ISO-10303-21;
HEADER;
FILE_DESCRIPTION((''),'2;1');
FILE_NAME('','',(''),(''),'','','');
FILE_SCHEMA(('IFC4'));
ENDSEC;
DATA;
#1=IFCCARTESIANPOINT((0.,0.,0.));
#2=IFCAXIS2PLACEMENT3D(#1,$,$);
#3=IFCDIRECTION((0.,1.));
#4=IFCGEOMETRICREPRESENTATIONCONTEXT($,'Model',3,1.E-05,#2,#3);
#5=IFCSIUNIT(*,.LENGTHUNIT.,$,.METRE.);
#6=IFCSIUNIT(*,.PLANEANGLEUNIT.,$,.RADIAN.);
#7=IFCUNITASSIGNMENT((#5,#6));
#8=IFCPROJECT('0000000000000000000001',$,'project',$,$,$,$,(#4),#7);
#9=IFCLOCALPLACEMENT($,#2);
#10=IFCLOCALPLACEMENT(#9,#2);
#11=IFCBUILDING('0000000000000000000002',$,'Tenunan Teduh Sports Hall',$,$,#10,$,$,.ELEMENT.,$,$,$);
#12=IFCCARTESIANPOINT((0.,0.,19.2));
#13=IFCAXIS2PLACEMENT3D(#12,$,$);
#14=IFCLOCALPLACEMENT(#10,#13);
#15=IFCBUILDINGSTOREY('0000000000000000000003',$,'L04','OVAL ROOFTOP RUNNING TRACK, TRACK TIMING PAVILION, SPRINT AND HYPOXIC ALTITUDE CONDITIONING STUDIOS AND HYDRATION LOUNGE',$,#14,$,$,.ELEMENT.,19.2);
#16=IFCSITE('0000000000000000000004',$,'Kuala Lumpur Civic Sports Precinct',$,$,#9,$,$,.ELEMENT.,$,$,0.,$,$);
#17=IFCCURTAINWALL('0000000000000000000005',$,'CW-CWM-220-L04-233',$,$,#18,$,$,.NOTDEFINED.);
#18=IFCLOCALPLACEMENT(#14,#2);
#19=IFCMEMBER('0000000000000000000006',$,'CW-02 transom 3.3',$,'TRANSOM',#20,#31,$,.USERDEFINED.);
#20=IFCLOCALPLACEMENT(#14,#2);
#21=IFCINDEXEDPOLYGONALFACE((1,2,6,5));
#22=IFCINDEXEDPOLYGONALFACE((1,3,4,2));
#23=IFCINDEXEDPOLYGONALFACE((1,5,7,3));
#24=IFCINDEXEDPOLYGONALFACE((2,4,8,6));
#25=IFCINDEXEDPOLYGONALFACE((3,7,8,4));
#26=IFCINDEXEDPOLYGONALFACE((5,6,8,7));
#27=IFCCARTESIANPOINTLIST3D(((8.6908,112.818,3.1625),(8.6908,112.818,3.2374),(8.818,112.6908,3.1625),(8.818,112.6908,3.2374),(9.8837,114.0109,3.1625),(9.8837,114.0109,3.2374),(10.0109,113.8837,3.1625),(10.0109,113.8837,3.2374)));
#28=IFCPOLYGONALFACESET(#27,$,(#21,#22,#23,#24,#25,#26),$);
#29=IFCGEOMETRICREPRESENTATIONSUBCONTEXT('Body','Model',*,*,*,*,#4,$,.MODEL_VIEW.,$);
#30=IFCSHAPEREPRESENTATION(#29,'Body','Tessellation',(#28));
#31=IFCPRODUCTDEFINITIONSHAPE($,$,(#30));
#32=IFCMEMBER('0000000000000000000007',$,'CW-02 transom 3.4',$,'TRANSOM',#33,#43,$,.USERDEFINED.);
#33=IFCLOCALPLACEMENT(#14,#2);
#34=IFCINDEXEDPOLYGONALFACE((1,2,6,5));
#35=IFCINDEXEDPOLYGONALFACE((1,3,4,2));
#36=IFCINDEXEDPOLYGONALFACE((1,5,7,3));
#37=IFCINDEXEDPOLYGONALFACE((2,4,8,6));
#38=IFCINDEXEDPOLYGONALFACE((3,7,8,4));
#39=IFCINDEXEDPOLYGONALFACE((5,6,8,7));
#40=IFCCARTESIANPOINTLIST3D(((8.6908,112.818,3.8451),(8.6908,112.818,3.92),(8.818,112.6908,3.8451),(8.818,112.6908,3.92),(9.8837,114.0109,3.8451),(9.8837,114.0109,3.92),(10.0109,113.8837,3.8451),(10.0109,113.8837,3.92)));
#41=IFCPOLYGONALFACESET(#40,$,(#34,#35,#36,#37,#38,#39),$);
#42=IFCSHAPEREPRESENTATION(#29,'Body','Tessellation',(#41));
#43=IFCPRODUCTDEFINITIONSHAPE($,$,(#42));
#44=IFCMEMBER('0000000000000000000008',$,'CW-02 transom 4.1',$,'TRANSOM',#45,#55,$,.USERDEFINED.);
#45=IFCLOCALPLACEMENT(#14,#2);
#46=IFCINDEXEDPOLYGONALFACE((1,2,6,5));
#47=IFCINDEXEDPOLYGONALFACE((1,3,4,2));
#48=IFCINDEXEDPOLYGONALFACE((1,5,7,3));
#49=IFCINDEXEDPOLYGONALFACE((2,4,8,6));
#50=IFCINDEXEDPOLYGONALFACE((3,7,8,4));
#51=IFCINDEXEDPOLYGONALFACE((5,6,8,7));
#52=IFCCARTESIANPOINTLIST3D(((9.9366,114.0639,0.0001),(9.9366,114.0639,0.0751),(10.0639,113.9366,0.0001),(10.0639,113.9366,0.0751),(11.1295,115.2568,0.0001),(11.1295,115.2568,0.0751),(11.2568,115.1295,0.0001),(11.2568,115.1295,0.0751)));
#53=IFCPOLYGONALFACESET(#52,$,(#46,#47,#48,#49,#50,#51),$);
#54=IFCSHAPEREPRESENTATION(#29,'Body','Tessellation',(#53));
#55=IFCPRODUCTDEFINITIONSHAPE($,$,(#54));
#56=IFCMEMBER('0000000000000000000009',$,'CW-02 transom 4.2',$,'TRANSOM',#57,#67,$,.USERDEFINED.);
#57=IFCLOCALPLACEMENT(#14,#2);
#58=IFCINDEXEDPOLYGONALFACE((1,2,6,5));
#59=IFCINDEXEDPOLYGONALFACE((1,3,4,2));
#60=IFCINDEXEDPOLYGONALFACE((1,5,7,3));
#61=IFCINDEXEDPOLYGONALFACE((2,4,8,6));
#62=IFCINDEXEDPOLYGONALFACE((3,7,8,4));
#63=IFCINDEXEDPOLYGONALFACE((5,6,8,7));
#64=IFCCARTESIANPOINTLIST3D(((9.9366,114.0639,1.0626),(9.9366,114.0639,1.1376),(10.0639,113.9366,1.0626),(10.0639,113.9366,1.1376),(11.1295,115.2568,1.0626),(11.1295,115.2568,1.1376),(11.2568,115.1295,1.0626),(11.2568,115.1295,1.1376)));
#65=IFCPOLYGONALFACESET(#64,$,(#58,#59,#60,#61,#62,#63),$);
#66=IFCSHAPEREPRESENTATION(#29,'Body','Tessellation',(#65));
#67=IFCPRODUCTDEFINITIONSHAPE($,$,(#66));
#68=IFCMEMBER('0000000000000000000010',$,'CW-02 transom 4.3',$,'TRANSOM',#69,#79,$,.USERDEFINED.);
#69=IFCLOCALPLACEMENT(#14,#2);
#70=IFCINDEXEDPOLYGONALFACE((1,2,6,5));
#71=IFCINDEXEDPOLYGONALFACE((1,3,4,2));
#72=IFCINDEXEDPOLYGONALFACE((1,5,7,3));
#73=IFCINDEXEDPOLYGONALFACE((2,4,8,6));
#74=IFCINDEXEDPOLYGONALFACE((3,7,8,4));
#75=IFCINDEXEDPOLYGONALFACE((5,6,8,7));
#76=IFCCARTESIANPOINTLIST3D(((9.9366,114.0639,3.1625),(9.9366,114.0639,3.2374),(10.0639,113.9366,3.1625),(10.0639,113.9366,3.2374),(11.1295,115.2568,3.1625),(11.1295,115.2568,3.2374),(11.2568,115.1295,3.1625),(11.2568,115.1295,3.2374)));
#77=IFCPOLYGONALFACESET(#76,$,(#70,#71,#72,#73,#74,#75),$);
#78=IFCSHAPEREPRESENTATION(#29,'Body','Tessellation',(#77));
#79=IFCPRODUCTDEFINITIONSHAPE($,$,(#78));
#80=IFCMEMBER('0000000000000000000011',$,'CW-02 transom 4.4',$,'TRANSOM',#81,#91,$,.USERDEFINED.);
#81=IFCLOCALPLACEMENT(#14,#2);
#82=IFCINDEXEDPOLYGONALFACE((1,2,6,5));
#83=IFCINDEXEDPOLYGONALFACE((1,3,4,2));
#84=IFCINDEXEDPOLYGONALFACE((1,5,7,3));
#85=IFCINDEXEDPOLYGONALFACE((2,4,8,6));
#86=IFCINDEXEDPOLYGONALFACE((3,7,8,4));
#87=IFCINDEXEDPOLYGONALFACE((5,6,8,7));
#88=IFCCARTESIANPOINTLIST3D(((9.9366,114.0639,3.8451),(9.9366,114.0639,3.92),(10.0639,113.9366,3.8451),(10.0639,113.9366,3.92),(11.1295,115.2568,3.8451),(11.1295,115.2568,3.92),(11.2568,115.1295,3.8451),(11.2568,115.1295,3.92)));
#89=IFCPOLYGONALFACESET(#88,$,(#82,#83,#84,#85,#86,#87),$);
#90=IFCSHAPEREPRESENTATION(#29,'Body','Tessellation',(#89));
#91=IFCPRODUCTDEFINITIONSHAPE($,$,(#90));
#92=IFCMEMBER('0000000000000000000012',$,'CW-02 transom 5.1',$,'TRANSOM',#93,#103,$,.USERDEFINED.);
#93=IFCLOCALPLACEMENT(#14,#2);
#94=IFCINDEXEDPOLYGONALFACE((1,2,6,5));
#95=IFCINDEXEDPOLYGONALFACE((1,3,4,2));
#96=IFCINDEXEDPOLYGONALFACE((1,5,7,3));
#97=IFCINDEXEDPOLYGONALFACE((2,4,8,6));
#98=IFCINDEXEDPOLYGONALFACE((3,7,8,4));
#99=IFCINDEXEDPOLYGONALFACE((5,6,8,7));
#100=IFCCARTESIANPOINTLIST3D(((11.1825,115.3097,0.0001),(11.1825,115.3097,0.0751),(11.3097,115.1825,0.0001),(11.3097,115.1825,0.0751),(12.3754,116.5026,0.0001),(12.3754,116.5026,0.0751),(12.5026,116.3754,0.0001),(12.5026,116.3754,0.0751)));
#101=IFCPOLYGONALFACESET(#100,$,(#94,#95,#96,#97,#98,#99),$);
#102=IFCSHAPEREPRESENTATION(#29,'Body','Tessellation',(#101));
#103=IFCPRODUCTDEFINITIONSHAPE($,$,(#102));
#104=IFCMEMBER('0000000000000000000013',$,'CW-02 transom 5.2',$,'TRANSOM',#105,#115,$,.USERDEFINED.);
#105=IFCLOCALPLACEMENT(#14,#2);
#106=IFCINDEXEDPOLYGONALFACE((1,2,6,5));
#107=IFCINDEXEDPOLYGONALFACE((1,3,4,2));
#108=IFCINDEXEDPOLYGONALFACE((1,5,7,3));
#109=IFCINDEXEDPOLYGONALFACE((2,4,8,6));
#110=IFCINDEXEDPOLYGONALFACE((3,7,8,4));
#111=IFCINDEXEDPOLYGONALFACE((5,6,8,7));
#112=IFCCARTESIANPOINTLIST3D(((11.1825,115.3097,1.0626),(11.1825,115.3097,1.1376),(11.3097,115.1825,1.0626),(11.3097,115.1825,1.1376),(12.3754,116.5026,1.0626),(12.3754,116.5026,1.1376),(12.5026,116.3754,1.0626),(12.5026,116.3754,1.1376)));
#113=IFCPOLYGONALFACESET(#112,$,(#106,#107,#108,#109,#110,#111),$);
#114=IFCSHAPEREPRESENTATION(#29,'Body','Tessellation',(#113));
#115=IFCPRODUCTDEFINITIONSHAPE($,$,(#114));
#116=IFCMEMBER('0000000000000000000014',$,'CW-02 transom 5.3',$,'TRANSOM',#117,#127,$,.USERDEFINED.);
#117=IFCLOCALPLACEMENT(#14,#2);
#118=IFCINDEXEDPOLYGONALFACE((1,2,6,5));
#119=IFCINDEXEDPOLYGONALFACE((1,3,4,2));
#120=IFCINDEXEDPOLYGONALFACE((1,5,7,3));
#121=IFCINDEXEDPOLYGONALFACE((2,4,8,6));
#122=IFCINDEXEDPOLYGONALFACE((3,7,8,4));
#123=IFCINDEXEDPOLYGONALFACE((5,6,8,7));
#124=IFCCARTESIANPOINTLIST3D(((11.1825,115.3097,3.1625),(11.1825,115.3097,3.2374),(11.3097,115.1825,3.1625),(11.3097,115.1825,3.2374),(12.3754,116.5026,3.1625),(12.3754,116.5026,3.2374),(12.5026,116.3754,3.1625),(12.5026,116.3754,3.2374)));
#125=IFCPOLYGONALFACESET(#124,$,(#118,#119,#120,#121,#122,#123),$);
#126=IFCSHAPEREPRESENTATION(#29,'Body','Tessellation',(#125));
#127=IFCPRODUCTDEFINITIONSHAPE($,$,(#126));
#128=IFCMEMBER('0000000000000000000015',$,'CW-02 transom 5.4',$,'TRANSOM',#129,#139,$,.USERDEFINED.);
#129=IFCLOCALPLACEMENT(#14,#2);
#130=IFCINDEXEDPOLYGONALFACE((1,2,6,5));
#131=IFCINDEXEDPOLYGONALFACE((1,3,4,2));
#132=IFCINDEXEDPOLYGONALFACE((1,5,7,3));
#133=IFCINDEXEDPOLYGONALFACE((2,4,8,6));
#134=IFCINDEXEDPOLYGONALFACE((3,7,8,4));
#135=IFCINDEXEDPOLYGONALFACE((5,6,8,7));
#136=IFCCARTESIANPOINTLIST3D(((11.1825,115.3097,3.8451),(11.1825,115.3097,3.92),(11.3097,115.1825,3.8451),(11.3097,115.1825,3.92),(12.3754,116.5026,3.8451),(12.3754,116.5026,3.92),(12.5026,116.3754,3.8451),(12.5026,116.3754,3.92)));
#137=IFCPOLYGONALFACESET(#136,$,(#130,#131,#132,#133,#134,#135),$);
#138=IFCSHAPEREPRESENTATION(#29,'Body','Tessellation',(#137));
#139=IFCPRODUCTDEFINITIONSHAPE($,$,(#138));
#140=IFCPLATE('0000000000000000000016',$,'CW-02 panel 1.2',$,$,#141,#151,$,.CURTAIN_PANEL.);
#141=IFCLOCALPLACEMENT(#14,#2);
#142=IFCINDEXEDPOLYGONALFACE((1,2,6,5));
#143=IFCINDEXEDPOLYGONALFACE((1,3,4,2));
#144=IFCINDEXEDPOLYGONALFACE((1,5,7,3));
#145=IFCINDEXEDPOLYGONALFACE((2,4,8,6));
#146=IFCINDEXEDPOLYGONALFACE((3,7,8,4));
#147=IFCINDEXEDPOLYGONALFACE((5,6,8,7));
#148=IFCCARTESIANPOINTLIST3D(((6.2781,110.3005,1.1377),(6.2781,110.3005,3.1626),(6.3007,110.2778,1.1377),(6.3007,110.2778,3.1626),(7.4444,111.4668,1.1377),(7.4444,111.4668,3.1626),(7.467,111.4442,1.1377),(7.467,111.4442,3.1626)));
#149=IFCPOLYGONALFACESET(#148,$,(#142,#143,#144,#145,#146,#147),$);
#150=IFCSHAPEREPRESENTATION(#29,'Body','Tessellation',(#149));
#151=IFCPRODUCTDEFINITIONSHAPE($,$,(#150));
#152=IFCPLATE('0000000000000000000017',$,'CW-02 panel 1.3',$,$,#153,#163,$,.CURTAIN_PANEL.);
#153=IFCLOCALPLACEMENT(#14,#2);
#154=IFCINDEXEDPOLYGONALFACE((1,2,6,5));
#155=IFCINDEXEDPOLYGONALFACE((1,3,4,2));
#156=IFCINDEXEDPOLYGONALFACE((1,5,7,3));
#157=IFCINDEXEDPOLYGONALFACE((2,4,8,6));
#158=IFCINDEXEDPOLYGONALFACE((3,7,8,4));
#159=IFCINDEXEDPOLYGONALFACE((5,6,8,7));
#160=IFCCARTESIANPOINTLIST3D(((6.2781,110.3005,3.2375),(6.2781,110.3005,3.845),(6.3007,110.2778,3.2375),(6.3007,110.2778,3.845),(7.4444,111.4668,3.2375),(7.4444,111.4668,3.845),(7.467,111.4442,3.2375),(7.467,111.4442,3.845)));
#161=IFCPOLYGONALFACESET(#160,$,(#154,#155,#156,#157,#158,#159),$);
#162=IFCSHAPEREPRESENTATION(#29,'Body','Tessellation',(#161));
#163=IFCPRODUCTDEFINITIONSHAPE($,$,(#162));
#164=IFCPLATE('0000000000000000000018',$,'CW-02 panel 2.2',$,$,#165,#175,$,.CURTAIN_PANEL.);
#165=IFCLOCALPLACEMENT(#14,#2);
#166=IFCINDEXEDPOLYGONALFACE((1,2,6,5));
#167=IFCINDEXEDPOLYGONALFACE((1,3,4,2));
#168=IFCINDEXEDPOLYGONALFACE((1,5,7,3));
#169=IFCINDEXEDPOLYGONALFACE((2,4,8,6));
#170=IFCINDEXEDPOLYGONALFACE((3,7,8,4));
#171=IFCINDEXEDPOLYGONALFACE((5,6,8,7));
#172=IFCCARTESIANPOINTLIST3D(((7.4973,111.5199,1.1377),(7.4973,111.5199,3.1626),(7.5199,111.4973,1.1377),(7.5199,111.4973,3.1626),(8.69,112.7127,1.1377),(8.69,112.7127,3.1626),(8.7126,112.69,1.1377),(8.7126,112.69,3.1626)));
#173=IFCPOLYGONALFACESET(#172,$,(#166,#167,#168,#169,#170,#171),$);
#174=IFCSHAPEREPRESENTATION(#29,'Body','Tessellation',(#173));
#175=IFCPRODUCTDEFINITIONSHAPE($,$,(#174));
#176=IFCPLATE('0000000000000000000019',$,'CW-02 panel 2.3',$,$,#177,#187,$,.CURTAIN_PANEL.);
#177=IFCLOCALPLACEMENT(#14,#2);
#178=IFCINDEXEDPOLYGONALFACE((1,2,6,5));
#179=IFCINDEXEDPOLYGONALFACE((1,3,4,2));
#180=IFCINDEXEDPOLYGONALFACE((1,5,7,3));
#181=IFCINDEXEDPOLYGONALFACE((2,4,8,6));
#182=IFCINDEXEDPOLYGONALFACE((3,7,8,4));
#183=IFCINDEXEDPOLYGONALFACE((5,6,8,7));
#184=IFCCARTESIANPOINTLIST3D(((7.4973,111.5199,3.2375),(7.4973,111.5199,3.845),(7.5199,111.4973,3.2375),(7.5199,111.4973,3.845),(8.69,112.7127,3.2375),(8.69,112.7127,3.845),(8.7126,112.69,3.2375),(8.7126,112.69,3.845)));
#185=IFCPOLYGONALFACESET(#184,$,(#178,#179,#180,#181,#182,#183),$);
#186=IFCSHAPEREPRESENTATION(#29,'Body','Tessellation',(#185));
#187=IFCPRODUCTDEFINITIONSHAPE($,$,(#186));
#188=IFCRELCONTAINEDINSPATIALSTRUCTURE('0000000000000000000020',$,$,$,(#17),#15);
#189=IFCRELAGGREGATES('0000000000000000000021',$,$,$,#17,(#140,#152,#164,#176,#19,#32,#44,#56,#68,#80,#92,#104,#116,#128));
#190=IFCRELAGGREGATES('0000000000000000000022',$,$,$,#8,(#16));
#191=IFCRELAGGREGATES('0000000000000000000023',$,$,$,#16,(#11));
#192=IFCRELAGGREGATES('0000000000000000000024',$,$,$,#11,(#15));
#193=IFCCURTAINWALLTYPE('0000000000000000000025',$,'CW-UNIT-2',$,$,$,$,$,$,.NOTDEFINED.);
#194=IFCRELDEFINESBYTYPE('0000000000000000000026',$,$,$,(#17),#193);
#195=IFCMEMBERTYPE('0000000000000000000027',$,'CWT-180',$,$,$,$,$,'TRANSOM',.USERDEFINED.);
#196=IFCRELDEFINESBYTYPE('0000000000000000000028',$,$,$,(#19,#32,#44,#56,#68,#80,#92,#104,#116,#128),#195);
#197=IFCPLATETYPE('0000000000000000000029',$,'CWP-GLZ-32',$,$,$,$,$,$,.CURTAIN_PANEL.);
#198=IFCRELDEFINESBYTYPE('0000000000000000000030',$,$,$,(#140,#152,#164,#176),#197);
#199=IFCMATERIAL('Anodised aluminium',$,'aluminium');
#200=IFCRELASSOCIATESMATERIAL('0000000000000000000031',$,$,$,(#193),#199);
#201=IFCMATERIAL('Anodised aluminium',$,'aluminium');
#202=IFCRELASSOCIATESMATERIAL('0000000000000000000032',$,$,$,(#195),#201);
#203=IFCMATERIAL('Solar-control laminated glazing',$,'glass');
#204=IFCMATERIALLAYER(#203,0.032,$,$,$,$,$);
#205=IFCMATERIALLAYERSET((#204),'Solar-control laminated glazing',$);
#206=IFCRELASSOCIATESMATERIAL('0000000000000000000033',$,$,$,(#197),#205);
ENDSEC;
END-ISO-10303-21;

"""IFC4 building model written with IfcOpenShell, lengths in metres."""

from ifc_helpers import new_model, si_unit, direction, frame, origin, origin_2d, place, context, subcontext, project, spatial, rectangle, extrude, material, layer, layer_set, material_profile, profile_set, type_object, element, aggregate, save


model = new_model("IFC4")

# Units and contexts
model_context = context("Model", 3, precision=1e-05, world=origin(), true_north=direction((0.0, 1.0)))
body_context = subcontext(model_context, "Body", "Model", "MODEL_VIEW")
ifc_project = project(units=[si_unit("LENGTHUNIT", "METRE"), si_unit("PLANEANGLEUNIT", "RADIAN")], contexts=[model_context])

# Site, building, storey
site_placement = place(None, origin())
site = spatial("IfcSite", under=ifc_project, at=site_placement, Name="Kuala Lumpur Civic Sports Precinct", CompositionType="ELEMENT", RefElevation=0.0)
building_placement = place(site_placement, origin())
building = spatial("IfcBuilding", under=site, at=building_placement, Name="Tenunan Teduh Sports Hall", CompositionType="ELEMENT")
storey_placement = place(building_placement, frame((0.0, 0.0, 19.2)))
storey = spatial("IfcBuildingStorey", under=building, at=storey_placement, Name="L04", Description="OVAL ROOFTOP RUNNING TRACK, TRACK TIMING PAVILION, SPRINT AND HYPOXIC ALTITUDE CONDITIONING STUDIOS AND HYDRATION LOUNGE", CompositionType="ELEMENT", Elevation=19.2)

# Curtain wall, members, plates
ifc_material_1 = material(Name="Anodised aluminium", Category="aluminium")
curtain_wall_type = type_object("IfcCurtainWallType", Name="CW-UNIT-2", PredefinedType="NOTDEFINED", material=ifc_material_1)
curtain_wall_placement = place(storey_placement, origin())
curtain_wall = element("IfcCurtainWall", 1, at=curtain_wall_placement, inside=storey, type_object=curtain_wall_type, Name="CW-CWM-220-L04-233", PredefinedType="NOTDEFINED")
ifc_material_2 = material(Name="Anodised aluminium", Category="aluminium")
ifc_material_profile_1 = material_profile(ifc_material_2, rectangle(XDim=0.075, YDim=0.1799, at=origin_2d()), Name="CWT 75x180")
ifc_profile_set_1 = profile_set([ifc_material_profile_1], Name="Anodised aluminium")
member_type_1 = type_object("IfcMemberType", Name="CWT-180", ElementType="TRANSOM", PredefinedType="USERDEFINED", material=ifc_profile_set_1)
member_1_placement = place(storey_placement, frame((8.7544, 112.7544, 3.2), z_axis=(0.707107, 0.707107, 0.0), x_axis=(0.0, 0.0, 1.0)))
member_1 = element("IfcMember", 2, at=member_1_placement, type_object=member_type_1, Name="CW-02 transom 3.3", ObjectType="TRANSOM", PredefinedType="USERDEFINED", context=body_context, shape_type="SweptSolid", body=[
    extrude(rectangle(XDim=0.075, YDim=0.1799, at=origin_2d()), origin(), (0.0, 0.0, 1.0), 1.687),
])
member_2_placement = place(storey_placement, frame((8.7544, 112.7544, 3.8826), z_axis=(0.707107, 0.707107, 0.0), x_axis=(0.0, 0.0, 1.0)))
member_2 = element("IfcMember", 3, at=member_2_placement, type_object=member_type_1, Name="CW-02 transom 3.4", ObjectType="TRANSOM", PredefinedType="USERDEFINED", context=body_context, shape_type="SweptSolid", body=[
    extrude(rectangle(XDim=0.075, YDim=0.1799, at=origin_2d()), origin(), (0.0, 0.0, 1.0), 1.687),
])
member_3_placement = place(storey_placement, frame((10.0002, 114.0002, 0.0376), z_axis=(0.707107, 0.707107, 0.0), x_axis=(0.0, 0.0, 1.0)))
member_3 = element("IfcMember", 4, at=member_3_placement, type_object=member_type_1, Name="CW-02 transom 4.1", ObjectType="TRANSOM", PredefinedType="USERDEFINED", context=body_context, shape_type="SweptSolid", body=[
    extrude(rectangle(XDim=0.075, YDim=0.1799, at=origin_2d()), origin(), (0.0, 0.0, 1.0), 1.687),
])
member_4_placement = place(storey_placement, frame((10.0002, 114.0002, 1.1001), z_axis=(0.707107, 0.707107, 0.0), x_axis=(0.0, 0.0, 1.0)))
member_4 = element("IfcMember", 5, at=member_4_placement, type_object=member_type_1, Name="CW-02 transom 4.2", ObjectType="TRANSOM", PredefinedType="USERDEFINED", context=body_context, shape_type="SweptSolid", body=[
    extrude(rectangle(XDim=0.075, YDim=0.1799, at=origin_2d()), origin(), (0.0, 0.0, 1.0), 1.687),
])
member_5_placement = place(storey_placement, frame((10.0002, 114.0002, 3.2), z_axis=(0.707107, 0.707107, 0.0), x_axis=(0.0, 0.0, 1.0)))
member_5 = element("IfcMember", 6, at=member_5_placement, type_object=member_type_1, Name="CW-02 transom 4.3", ObjectType="TRANSOM", PredefinedType="USERDEFINED", context=body_context, shape_type="SweptSolid", body=[
    extrude(rectangle(XDim=0.075, YDim=0.1799, at=origin_2d()), origin(), (0.0, 0.0, 1.0), 1.687),
])
member_6_placement = place(storey_placement, frame((10.0002, 114.0002, 3.8826), z_axis=(0.707107, 0.707107, 0.0), x_axis=(0.0, 0.0, 1.0)))
member_6 = element("IfcMember", 7, at=member_6_placement, type_object=member_type_1, Name="CW-02 transom 4.4", ObjectType="TRANSOM", PredefinedType="USERDEFINED", context=body_context, shape_type="SweptSolid", body=[
    extrude(rectangle(XDim=0.075, YDim=0.1799, at=origin_2d()), origin(), (0.0, 0.0, 1.0), 1.687),
])
member_7_placement = place(storey_placement, frame((11.2461, 115.2461, 0.0376), z_axis=(0.707107, 0.707107, 0.0), x_axis=(0.0, 0.0, 1.0)))
member_7 = element("IfcMember", 8, at=member_7_placement, type_object=member_type_1, Name="CW-02 transom 5.1", ObjectType="TRANSOM", PredefinedType="USERDEFINED", context=body_context, shape_type="SweptSolid", body=[
    extrude(rectangle(XDim=0.075, YDim=0.1799, at=origin_2d()), origin(), (0.0, 0.0, 1.0), 1.687),
])
member_8_placement = place(storey_placement, frame((11.2461, 115.2461, 1.1001), z_axis=(0.707107, 0.707107, 0.0), x_axis=(0.0, 0.0, 1.0)))
member_8 = element("IfcMember", 9, at=member_8_placement, type_object=member_type_1, Name="CW-02 transom 5.2", ObjectType="TRANSOM", PredefinedType="USERDEFINED", context=body_context, shape_type="SweptSolid", body=[
    extrude(rectangle(XDim=0.075, YDim=0.1799, at=origin_2d()), origin(), (0.0, 0.0, 1.0), 1.687),
])
member_9_placement = place(storey_placement, frame((11.2461, 115.2461, 3.2), z_axis=(0.707107, 0.707107, 0.0), x_axis=(0.0, 0.0, 1.0)))
member_9 = element("IfcMember", 10, at=member_9_placement, type_object=member_type_1, Name="CW-02 transom 5.3", ObjectType="TRANSOM", PredefinedType="USERDEFINED", context=body_context, shape_type="SweptSolid", body=[
    extrude(rectangle(XDim=0.075, YDim=0.1799, at=origin_2d()), origin(), (0.0, 0.0, 1.0), 1.687),
])
member_10_placement = place(storey_placement, frame((11.2461, 115.2461, 3.8826), z_axis=(0.707107, 0.707107, 0.0), x_axis=(0.0, 0.0, 1.0)))
member_10 = element("IfcMember", 11, at=member_10_placement, type_object=member_type_1, Name="CW-02 transom 5.4", ObjectType="TRANSOM", PredefinedType="USERDEFINED", context=body_context, shape_type="SweptSolid", body=[
    extrude(rectangle(XDim=0.075, YDim=0.1799, at=origin_2d()), origin(), (0.0, 0.0, 1.0), 1.687),
])
ifc_material_3 = material(Name="Solar-control laminated glazing", Category="glass")
ifc_layer_1 = layer(ifc_material_3, 0.032)
ifc_layer_set_1 = layer_set([ifc_layer_1], Name="Solar-control laminated glazing")
plate_type_1 = type_object("IfcPlateType", Name="CWP-GLZ-32", PredefinedType="CURTAIN_PANEL", material=ifc_layer_set_1)
plate_1_placement = place(storey_placement, frame((6.8726, 110.8723, 1.1377), z_axis=(0.0, 0.0, 1.0), x_axis=(0.707097, 0.707116, 0.0)))
plate_1 = element("IfcPlate", 12, at=plate_1_placement, type_object=plate_type_1, Name="CW-02 panel 1.2", PredefinedType="CURTAIN_PANEL", context=body_context, shape_type="SweptSolid", body=[
    extrude(rectangle(XDim=1.6494, YDim=0.032, at=origin_2d()), origin(), (0.0, 0.0, 1.0), 2.0249),
])
plate_2_placement = place(storey_placement, frame((6.8726, 110.8723, 3.2375), z_axis=(0.0, 0.0, 1.0), x_axis=(0.707097, 0.707116, 0.0)))
plate_2 = element("IfcPlate", 13, at=plate_2_placement, type_object=plate_type_1, Name="CW-02 panel 1.3", PredefinedType="CURTAIN_PANEL", context=body_context, shape_type="SweptSolid", body=[
    extrude(rectangle(XDim=1.6494, YDim=0.032, at=origin_2d()), origin(), (0.0, 0.0, 1.0), 0.6074),
])
plate_3_placement = place(storey_placement, frame((8.105, 112.105, 1.1377), z_axis=(0.0, 0.0, 1.0), x_axis=(0.707097, 0.707116, 0.0)))
plate_3 = element("IfcPlate", 14, at=plate_3_placement, type_object=plate_type_1, Name="CW-02 panel 2.2", PredefinedType="CURTAIN_PANEL", context=body_context, shape_type="SweptSolid", body=[
    extrude(rectangle(XDim=1.6868, YDim=0.032, at=origin_2d()), origin(), (0.0, 0.0, 1.0), 2.0249),
])
plate_4_placement = place(storey_placement, frame((8.105, 112.105, 3.2375), z_axis=(0.0, 0.0, 1.0), x_axis=(0.707097, 0.707116, 0.0)))
plate_4 = element("IfcPlate", 15, at=plate_4_placement, type_object=plate_type_1, Name="CW-02 panel 2.3", PredefinedType="CURTAIN_PANEL", context=body_context, shape_type="SweptSolid", body=[
    extrude(rectangle(XDim=1.6868, YDim=0.032, at=origin_2d()), origin(), (0.0, 0.0, 1.0), 0.6074),
])
aggregate(curtain_wall, [plate_1, plate_2, plate_3, plate_4, member_1, member_2, member_3, member_4, member_5, member_6, member_7, member_8, member_9, member_10])

save(model, "model.ifc")
